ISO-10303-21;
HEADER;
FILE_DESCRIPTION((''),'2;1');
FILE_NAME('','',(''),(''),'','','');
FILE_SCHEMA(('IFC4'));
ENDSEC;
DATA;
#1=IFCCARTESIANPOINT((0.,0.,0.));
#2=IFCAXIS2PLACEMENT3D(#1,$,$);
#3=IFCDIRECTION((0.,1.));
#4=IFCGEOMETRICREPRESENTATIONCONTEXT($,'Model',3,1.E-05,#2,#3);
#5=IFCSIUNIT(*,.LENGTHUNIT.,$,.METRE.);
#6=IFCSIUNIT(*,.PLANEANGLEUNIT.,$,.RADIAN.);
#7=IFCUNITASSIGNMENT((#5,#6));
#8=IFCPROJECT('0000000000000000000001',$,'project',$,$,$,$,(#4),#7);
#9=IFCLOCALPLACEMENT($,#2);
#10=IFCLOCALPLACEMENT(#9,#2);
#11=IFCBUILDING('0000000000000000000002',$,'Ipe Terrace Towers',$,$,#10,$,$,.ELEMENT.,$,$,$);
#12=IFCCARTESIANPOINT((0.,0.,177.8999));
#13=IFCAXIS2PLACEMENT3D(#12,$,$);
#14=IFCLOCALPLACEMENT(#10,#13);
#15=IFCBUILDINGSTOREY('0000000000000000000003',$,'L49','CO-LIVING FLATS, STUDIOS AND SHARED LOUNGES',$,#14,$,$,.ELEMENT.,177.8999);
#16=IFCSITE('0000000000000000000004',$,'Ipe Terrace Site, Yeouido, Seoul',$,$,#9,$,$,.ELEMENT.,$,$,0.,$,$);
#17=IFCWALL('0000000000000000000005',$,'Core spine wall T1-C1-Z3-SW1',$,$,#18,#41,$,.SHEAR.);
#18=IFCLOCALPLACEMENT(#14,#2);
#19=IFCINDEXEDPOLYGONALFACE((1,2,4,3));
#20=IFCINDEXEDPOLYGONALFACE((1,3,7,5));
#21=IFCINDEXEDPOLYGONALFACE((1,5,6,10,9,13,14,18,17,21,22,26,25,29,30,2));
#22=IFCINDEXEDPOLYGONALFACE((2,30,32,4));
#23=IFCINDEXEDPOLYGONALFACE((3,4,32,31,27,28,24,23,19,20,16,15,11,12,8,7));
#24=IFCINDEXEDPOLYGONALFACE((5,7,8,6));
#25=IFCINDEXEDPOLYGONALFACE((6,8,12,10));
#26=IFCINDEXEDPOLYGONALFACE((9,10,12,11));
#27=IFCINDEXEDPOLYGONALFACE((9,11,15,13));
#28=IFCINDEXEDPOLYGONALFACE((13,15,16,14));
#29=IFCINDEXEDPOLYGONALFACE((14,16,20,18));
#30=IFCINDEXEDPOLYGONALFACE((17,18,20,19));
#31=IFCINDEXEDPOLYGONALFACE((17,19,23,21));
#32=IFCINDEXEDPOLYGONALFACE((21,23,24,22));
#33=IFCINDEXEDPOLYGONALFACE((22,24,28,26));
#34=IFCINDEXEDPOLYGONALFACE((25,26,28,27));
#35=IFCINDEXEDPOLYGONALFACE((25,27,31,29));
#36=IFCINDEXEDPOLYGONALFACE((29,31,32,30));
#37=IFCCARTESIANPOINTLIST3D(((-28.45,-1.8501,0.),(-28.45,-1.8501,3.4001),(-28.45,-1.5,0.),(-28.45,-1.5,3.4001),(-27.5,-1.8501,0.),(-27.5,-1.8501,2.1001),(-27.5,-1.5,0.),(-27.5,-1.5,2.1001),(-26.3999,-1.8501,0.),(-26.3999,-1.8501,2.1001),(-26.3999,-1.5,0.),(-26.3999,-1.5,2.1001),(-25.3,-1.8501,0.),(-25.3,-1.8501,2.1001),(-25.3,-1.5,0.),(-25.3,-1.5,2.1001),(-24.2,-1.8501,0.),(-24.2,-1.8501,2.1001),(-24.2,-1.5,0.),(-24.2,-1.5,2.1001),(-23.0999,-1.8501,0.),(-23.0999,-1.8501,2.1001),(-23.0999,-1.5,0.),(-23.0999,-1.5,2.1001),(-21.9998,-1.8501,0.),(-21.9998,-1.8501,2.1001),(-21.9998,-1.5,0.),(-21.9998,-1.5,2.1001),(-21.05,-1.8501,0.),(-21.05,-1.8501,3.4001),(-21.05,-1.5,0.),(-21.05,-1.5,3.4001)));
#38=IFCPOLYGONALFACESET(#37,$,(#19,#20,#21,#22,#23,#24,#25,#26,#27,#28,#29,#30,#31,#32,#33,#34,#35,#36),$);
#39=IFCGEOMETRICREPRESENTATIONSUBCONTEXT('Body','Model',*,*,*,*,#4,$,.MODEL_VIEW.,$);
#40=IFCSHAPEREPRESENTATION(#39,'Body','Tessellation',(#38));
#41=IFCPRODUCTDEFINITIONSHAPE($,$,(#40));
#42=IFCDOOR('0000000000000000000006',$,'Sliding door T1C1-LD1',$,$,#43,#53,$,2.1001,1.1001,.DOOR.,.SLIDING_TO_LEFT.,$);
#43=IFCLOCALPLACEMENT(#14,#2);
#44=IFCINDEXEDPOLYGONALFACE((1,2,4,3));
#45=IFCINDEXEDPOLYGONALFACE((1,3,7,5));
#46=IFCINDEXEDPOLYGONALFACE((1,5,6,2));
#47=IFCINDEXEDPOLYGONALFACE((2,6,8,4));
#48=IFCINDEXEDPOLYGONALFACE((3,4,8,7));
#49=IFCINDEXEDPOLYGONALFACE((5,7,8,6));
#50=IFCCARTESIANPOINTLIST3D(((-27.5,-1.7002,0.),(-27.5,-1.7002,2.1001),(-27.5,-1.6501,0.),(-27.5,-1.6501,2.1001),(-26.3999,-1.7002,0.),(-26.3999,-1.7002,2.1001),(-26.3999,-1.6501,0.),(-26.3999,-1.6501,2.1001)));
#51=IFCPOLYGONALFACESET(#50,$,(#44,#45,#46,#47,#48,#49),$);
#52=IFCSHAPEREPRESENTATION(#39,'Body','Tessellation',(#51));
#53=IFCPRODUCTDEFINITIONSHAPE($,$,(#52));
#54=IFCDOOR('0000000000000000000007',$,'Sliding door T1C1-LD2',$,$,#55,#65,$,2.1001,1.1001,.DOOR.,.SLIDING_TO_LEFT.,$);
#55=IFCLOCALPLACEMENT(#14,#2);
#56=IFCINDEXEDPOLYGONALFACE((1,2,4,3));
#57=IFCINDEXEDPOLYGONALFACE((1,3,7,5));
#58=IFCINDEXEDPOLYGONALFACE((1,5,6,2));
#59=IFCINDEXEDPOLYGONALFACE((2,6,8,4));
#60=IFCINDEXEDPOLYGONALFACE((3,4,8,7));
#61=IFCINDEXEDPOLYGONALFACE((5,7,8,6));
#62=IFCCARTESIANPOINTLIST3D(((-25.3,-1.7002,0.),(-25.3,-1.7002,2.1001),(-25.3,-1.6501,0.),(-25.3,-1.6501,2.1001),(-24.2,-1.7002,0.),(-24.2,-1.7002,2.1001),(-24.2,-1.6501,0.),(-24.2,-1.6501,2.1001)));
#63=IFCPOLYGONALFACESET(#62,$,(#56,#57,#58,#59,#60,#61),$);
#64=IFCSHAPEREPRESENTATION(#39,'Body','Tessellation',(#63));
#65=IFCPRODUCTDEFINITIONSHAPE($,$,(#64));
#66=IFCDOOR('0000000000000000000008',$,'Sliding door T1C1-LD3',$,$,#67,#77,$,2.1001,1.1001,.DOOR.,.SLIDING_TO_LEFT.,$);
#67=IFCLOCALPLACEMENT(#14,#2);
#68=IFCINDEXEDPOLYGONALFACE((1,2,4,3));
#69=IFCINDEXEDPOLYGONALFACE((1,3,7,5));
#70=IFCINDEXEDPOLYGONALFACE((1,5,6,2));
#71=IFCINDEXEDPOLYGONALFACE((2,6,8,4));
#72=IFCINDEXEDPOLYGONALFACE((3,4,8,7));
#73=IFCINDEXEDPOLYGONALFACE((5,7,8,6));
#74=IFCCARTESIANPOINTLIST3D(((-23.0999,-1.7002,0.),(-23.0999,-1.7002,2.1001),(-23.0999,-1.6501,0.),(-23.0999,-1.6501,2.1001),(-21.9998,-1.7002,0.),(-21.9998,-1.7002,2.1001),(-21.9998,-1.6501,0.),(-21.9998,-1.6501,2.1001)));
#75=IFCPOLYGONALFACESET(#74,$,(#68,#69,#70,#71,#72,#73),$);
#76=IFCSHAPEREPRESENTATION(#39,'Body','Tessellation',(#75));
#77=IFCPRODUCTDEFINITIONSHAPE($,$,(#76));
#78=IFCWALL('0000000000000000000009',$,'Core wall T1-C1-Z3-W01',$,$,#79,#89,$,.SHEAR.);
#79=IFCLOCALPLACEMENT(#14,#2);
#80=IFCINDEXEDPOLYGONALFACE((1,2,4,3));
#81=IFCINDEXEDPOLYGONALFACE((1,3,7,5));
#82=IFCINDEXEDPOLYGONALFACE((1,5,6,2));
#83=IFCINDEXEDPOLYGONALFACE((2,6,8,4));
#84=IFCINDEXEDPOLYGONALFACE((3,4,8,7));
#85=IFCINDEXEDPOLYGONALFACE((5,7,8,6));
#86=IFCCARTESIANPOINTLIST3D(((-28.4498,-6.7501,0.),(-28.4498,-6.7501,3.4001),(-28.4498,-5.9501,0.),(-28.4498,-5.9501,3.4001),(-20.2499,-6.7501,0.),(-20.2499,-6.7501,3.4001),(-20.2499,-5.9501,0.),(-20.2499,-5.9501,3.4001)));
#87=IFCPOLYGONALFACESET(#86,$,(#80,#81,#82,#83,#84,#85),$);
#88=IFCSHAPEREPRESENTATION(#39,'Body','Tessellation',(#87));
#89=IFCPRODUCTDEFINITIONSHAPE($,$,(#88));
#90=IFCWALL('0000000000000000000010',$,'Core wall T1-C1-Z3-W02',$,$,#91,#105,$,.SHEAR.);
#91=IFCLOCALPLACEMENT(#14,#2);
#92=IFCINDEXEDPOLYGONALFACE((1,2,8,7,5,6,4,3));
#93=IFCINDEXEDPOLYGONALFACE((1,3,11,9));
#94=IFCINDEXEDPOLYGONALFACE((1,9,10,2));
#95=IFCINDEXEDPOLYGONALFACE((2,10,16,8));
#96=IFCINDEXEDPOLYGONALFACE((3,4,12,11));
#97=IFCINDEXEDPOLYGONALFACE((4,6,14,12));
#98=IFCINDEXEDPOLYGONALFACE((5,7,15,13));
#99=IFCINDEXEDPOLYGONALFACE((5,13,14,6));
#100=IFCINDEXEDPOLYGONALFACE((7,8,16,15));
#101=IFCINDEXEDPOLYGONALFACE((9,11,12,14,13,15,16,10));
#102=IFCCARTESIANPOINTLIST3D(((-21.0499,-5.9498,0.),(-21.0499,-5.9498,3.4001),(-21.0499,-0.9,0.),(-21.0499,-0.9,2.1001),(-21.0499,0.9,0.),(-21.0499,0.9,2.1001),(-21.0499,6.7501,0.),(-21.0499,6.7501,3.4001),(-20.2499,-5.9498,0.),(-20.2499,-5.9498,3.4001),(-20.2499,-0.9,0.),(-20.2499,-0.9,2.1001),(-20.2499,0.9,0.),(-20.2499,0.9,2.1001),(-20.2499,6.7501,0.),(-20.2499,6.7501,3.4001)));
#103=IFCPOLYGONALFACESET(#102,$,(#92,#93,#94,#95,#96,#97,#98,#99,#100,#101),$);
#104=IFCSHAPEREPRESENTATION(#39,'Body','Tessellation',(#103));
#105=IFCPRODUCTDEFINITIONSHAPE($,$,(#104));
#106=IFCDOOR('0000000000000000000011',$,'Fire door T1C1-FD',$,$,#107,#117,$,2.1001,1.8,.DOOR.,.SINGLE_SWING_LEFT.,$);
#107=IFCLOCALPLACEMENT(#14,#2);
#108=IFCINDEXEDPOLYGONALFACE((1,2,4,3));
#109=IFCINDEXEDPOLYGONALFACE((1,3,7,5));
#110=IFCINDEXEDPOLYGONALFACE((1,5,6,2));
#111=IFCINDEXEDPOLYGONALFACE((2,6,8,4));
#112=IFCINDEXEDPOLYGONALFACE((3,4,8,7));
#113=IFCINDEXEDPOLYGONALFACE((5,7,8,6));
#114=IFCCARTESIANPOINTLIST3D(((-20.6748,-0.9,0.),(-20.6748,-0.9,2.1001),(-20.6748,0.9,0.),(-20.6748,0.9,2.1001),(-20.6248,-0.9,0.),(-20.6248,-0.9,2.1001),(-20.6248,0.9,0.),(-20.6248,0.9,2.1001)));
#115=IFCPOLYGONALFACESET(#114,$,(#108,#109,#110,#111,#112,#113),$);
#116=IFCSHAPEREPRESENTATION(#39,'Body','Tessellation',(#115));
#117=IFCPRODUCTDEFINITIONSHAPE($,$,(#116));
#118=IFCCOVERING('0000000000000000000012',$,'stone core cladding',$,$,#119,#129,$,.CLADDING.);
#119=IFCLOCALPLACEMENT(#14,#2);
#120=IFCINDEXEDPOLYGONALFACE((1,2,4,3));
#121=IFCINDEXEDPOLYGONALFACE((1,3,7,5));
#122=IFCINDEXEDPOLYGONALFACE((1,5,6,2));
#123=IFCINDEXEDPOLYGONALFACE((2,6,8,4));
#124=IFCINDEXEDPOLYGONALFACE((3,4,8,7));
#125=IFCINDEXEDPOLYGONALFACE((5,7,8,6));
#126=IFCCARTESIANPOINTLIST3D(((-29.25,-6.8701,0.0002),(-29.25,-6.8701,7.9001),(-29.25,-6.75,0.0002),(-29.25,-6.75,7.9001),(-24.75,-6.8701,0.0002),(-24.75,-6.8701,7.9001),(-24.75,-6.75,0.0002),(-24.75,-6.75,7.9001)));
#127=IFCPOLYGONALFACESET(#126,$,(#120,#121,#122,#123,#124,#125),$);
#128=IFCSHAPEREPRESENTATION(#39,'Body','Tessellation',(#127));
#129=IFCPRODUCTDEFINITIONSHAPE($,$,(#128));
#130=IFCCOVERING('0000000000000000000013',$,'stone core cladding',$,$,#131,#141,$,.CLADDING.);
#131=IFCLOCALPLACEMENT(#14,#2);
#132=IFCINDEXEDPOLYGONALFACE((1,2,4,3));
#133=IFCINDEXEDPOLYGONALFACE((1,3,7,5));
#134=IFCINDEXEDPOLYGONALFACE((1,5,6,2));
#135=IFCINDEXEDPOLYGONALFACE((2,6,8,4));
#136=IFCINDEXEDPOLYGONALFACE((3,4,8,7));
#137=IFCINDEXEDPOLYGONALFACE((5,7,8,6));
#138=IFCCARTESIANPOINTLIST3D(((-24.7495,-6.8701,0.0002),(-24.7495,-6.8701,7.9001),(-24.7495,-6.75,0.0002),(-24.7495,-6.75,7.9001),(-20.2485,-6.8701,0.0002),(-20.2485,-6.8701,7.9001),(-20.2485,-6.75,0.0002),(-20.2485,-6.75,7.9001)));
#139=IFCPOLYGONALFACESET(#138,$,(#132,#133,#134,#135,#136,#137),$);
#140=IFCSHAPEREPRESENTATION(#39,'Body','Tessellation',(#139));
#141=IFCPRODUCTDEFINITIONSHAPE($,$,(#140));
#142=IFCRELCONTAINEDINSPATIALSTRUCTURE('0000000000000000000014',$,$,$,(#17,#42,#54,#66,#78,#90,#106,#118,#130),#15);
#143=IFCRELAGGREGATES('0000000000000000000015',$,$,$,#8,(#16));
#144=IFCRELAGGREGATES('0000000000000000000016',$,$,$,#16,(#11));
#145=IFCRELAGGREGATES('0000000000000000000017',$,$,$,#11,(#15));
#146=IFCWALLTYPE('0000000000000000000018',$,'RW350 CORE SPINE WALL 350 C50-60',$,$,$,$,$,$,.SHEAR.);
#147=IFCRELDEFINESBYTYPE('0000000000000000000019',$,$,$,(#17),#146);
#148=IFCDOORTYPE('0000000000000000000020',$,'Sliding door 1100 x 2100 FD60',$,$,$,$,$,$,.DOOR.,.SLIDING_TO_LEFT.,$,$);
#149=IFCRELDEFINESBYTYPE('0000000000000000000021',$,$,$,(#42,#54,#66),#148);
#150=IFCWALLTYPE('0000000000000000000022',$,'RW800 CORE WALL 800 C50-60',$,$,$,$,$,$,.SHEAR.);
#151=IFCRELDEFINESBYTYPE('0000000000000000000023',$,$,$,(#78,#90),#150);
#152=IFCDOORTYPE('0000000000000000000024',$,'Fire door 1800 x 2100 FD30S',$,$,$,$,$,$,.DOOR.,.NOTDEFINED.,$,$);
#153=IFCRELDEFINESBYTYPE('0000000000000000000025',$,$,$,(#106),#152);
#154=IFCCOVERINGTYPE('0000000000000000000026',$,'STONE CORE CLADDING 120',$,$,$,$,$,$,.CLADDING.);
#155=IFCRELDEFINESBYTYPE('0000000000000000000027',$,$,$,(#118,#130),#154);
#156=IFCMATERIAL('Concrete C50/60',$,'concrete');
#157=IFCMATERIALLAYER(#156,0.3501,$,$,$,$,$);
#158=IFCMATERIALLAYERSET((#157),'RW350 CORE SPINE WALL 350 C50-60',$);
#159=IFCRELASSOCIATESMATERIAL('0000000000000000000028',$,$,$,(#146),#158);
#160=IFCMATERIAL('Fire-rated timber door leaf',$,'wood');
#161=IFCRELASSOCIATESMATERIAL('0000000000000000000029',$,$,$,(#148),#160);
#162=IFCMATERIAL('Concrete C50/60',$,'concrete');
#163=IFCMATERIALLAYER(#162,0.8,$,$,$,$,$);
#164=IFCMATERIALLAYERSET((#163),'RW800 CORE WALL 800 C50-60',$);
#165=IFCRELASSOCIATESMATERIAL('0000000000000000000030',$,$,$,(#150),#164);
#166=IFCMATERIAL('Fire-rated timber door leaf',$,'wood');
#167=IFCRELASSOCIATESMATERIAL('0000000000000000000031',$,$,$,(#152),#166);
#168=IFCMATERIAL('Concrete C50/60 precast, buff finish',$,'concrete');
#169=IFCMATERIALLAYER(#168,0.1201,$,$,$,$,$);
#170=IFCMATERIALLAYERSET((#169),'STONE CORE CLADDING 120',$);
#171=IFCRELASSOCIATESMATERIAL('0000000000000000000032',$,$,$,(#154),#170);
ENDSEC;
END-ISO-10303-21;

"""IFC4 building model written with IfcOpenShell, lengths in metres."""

from ifc_helpers import new_model, si_unit, direction, frame, frame_2d, origin, origin_2d, place, context, subcontext, project, spatial, rectangle, extrude, material, layer, layer_set, type_object, element, fill, save


model = new_model("IFC4")

# Units and contexts
model_context = context("Model", 3, precision=1e-05, world=origin(), true_north=direction((0.0, 1.0)))
body_context = subcontext(model_context, "Body", "Model", "MODEL_VIEW")
ifc_project = project(units=[si_unit("LENGTHUNIT", "METRE"), si_unit("PLANEANGLEUNIT", "RADIAN")], contexts=[model_context])

# Site, building, storey
site_placement = place(None, origin())
site = spatial("IfcSite", under=ifc_project, at=site_placement, Name="Ipe Terrace Site, Yeouido, Seoul", CompositionType="ELEMENT", RefElevation=0.0)
building_placement = place(site_placement, origin())
building = spatial("IfcBuilding", under=site, at=building_placement, Name="Ipe Terrace Towers", CompositionType="ELEMENT")
storey_placement = place(building_placement, frame((0.0, 0.0, 177.8999)))
storey = spatial("IfcBuildingStorey", under=building, at=storey_placement, Name="L49", Description="CO-LIVING FLATS, STUDIOS AND SHARED LOUNGES", CompositionType="ELEMENT", Elevation=177.8999)

# Wall, openings, doors
ifc_material_1 = material(Name="Concrete C50/60", Category="concrete")
ifc_layer_1 = layer(ifc_material_1, 0.3501)
ifc_layer_set_1 = layer_set([ifc_layer_1], Name="RW350 CORE SPINE WALL 350 C50-60")
wall_type_1 = type_object("IfcWallType", Name="RW350 CORE SPINE WALL 350 C50-60", PredefinedType="SHEAR", material=ifc_layer_set_1)
wall_1_placement = place(storey_placement, frame((-28.45, -1.675, 0.0), z_axis=(0.0, 0.0, 1.0), x_axis=(1.0, 0.0, 0.0)))
wall_1 = element("IfcWall", 1, at=wall_1_placement, inside=storey, type_object=wall_type_1, Name="Core spine wall T1-C1-Z3-SW1", PredefinedType="SHEAR", context=body_context, shape_type="SweptSolid", body=[
    extrude(rectangle(XDim=7.3999, YDim=0.3501, at=frame_2d((3.7, 0.0))), origin(), (0.0, 0.0, 1.0), 3.4001),
])
opening_1_placement = place(wall_1_placement, frame((0.95, 0.0, 0.0)))
opening_1 = element("IfcOpeningElement", 2, at=opening_1_placement, cuts=wall_1, PredefinedType="OPENING", context=body_context, shape_type="SweptSolid", body=[
    extrude(rectangle(XDim=1.1001, YDim=2.1001, at=frame_2d((0.55, 1.05))), frame((0.0, 0.1851, 0.0), z_axis=(0.0, -1.0, 0.0), x_axis=(1.0, 0.0, 0.0)), (0.0, 0.0, 1.0), 0.3701),
])
opening_2_placement = place(wall_1_placement, frame((3.1499, 0.0, 0.0)))
opening_2 = element("IfcOpeningElement", 3, at=opening_2_placement, cuts=wall_1, PredefinedType="OPENING", context=body_context, shape_type="SweptSolid", body=[
    extrude(rectangle(XDim=1.1001, YDim=2.1001, at=frame_2d((0.55, 1.05))), frame((0.0, 0.1851, 0.0), z_axis=(0.0, -1.0, 0.0), x_axis=(1.0, 0.0, 0.0)), (0.0, 0.0, 1.0), 0.3701),
])
opening_3_placement = place(wall_1_placement, frame((5.3501, 0.0, 0.0)))
opening_3 = element("IfcOpeningElement", 4, at=opening_3_placement, cuts=wall_1, PredefinedType="OPENING", context=body_context, shape_type="SweptSolid", body=[
    extrude(rectangle(XDim=1.1001, YDim=2.1001, at=frame_2d((0.55, 1.05))), frame((0.0, 0.1851, 0.0), z_axis=(0.0, -1.0, 0.0), x_axis=(1.0, 0.0, 0.0)), (0.0, 0.0, 1.0), 0.3701),
])
ifc_material_2 = material(Name="Fire-rated timber door leaf", Category="wood")
door_type_1 = type_object("IfcDoorType", Name="Sliding door 1100 x 2100 FD60", OperationType="SLIDING_TO_LEFT", PredefinedType="DOOR", material=ifc_material_2)
door_1_placement = place(opening_1_placement, origin())
door_1 = element("IfcDoor", 5, at=door_1_placement, inside=storey, type_object=door_type_1, Name="Sliding door T1C1-LD1", OperationType="SLIDING_TO_LEFT", OverallHeight=2.1001, OverallWidth=1.1001, PredefinedType="DOOR", context=body_context, shape_type="SweptSolid", body=[
    extrude(rectangle(XDim=1.1001, YDim=2.1001, at=frame_2d((0.55, 1.05))), frame((0.0, 0.0249, 0.0), z_axis=(0.0, -1.0, 0.0), x_axis=(1.0, 0.0, 0.0)), (0.0, 0.0, 1.0), 0.05),
])
fill(opening_1, door_1)
door_2_placement = place(opening_2_placement, origin())
door_2 = element("IfcDoor", 6, at=door_2_placement, inside=storey, type_object=door_type_1, Name="Sliding door T1C1-LD2", OperationType="SLIDING_TO_LEFT", OverallHeight=2.1001, OverallWidth=1.1001, PredefinedType="DOOR", context=body_context, shape_type="SweptSolid", body=[
    extrude(rectangle(XDim=1.1001, YDim=2.1001, at=frame_2d((0.55, 1.05))), frame((0.0, 0.0249, 0.0), z_axis=(0.0, -1.0, 0.0), x_axis=(1.0, 0.0, 0.0)), (0.0, 0.0, 1.0), 0.05),
])
fill(opening_2, door_2)
door_3_placement = place(opening_3_placement, origin())
door_3 = element("IfcDoor", 7, at=door_3_placement, inside=storey, type_object=door_type_1, Name="Sliding door T1C1-LD3", OperationType="SLIDING_TO_LEFT", OverallHeight=2.1001, OverallWidth=1.1001, PredefinedType="DOOR", context=body_context, shape_type="SweptSolid", body=[
    extrude(rectangle(XDim=1.1001, YDim=2.1001, at=frame_2d((0.55, 1.05))), frame((0.0, 0.0249, 0.0), z_axis=(0.0, -1.0, 0.0), x_axis=(1.0, 0.0, 0.0)), (0.0, 0.0, 1.0), 0.05),
])
fill(opening_3, door_3)

# Wall
ifc_material_3 = material(Name="Concrete C50/60", Category="concrete")
ifc_layer_2 = layer(ifc_material_3, 0.8)
ifc_layer_set_2 = layer_set([ifc_layer_2], Name="RW800 CORE WALL 800 C50-60")
wall_type_2 = type_object("IfcWallType", Name="RW800 CORE WALL 800 C50-60", PredefinedType="SHEAR", material=ifc_layer_set_2)
wall_2_placement = place(storey_placement, frame((-28.45, -6.3501, 0.0), z_axis=(0.0, 0.0, 1.0), x_axis=(1.0, 0.0, 0.0)))
element("IfcWall", 8, at=wall_2_placement, inside=storey, type_object=wall_type_2, Name="Core wall T1-C1-Z3-W01", PredefinedType="SHEAR", context=body_context, shape_type="SweptSolid", body=[
    extrude(rectangle(XDim=8.2, YDim=0.8, at=frame_2d((4.1001, 0.0))), origin(), (0.0, 0.0, 1.0), 3.4001),
])

# Wall, opening, door
wall_3_placement = place(storey_placement, frame((-20.6499, -5.95, 0.0), z_axis=(0.0, 0.0, 1.0), x_axis=(0.0, 1.0, 0.0)))
wall_3 = element("IfcWall", 9, at=wall_3_placement, inside=storey, type_object=wall_type_2, Name="Core wall T1-C1-Z3-W02", PredefinedType="SHEAR", context=body_context, shape_type="SweptSolid", body=[
    extrude(rectangle(XDim=12.7, YDim=0.8, at=frame_2d((6.3501, 0.0))), origin(), (0.0, 0.0, 1.0), 3.4001),
])
opening_4_placement = place(wall_3_placement, frame((5.05, 0.0, 0.0)))
opening_4 = element("IfcOpeningElement", 10, at=opening_4_placement, cuts=wall_3, PredefinedType="OPENING", context=body_context, shape_type="SweptSolid", body=[
    extrude(rectangle(XDim=1.8, YDim=2.1001, at=frame_2d((0.8999, 1.05))), frame((0.0, 0.4102, 0.0), z_axis=(0.0, -1.0, 0.0), x_axis=(1.0, 0.0, 0.0)), (0.0, 0.0, 1.0), 0.8201),
])
ifc_material_4 = material(Name="Fire-rated timber door leaf", Category="wood")
door_type_2 = type_object("IfcDoorType", Name="Fire door 1800 x 2100 FD30S", OperationType="NOTDEFINED", PredefinedType="DOOR", material=ifc_material_4)
door_4_placement = place(opening_4_placement, origin())
door_4 = element("IfcDoor", 11, at=door_4_placement, inside=storey, type_object=door_type_2, Name="Fire door T1C1-FD", OperationType="SINGLE_SWING_LEFT", OverallHeight=2.1001, OverallWidth=1.8, PredefinedType="DOOR", context=body_context, shape_type="SweptSolid", body=[
    extrude(rectangle(XDim=1.8, YDim=2.1001, at=frame_2d((0.8999, 1.05))), frame((0.0, 0.0249, 0.0), z_axis=(0.0, -1.0, 0.0), x_axis=(1.0, 0.0, 0.0)), (0.0, 0.0, 1.0), 0.05),
])
fill(opening_4, door_4)

# Coverings
ifc_material_5 = material(Name="Concrete C50/60 precast, buff finish", Category="concrete")
ifc_layer_3 = layer(ifc_material_5, 0.1201)
ifc_layer_set_3 = layer_set([ifc_layer_3], Name="STONE CORE CLADDING 120")
covering_type = type_object("IfcCoveringType", Name="STONE CORE CLADDING 120", PredefinedType="CLADDING", material=ifc_layer_set_3)
covering_1_placement = place(storey_placement, frame((-27.0, -6.8101, 0.0002), z_axis=(0.0, 0.0, 1.0), x_axis=(1.0, 0.0, 0.0)))
element("IfcCovering", 12, at=covering_1_placement, inside=storey, type_object=covering_type, Name="stone core cladding", PredefinedType="CLADDING", context=body_context, shape_type="SweptSolid", body=[
    extrude(rectangle(XDim=4.5, YDim=0.1201, at=origin_2d()), origin(), (0.0, 0.0, 1.0), 7.8999),
])
covering_2_placement = place(storey_placement, frame((-22.499, -6.8101, 0.0002), z_axis=(0.0, 0.0, 1.0), x_axis=(1.0, 0.0, 0.0)))
element("IfcCovering", 13, at=covering_2_placement, inside=storey, type_object=covering_type, Name="stone core cladding", PredefinedType="CLADDING", context=body_context, shape_type="SweptSolid", body=[
    extrude(rectangle(XDim=4.501, YDim=0.1201, at=origin_2d()), origin(), (0.0, 0.0, 1.0), 7.8999),
])

save(model, "model.ifc")
